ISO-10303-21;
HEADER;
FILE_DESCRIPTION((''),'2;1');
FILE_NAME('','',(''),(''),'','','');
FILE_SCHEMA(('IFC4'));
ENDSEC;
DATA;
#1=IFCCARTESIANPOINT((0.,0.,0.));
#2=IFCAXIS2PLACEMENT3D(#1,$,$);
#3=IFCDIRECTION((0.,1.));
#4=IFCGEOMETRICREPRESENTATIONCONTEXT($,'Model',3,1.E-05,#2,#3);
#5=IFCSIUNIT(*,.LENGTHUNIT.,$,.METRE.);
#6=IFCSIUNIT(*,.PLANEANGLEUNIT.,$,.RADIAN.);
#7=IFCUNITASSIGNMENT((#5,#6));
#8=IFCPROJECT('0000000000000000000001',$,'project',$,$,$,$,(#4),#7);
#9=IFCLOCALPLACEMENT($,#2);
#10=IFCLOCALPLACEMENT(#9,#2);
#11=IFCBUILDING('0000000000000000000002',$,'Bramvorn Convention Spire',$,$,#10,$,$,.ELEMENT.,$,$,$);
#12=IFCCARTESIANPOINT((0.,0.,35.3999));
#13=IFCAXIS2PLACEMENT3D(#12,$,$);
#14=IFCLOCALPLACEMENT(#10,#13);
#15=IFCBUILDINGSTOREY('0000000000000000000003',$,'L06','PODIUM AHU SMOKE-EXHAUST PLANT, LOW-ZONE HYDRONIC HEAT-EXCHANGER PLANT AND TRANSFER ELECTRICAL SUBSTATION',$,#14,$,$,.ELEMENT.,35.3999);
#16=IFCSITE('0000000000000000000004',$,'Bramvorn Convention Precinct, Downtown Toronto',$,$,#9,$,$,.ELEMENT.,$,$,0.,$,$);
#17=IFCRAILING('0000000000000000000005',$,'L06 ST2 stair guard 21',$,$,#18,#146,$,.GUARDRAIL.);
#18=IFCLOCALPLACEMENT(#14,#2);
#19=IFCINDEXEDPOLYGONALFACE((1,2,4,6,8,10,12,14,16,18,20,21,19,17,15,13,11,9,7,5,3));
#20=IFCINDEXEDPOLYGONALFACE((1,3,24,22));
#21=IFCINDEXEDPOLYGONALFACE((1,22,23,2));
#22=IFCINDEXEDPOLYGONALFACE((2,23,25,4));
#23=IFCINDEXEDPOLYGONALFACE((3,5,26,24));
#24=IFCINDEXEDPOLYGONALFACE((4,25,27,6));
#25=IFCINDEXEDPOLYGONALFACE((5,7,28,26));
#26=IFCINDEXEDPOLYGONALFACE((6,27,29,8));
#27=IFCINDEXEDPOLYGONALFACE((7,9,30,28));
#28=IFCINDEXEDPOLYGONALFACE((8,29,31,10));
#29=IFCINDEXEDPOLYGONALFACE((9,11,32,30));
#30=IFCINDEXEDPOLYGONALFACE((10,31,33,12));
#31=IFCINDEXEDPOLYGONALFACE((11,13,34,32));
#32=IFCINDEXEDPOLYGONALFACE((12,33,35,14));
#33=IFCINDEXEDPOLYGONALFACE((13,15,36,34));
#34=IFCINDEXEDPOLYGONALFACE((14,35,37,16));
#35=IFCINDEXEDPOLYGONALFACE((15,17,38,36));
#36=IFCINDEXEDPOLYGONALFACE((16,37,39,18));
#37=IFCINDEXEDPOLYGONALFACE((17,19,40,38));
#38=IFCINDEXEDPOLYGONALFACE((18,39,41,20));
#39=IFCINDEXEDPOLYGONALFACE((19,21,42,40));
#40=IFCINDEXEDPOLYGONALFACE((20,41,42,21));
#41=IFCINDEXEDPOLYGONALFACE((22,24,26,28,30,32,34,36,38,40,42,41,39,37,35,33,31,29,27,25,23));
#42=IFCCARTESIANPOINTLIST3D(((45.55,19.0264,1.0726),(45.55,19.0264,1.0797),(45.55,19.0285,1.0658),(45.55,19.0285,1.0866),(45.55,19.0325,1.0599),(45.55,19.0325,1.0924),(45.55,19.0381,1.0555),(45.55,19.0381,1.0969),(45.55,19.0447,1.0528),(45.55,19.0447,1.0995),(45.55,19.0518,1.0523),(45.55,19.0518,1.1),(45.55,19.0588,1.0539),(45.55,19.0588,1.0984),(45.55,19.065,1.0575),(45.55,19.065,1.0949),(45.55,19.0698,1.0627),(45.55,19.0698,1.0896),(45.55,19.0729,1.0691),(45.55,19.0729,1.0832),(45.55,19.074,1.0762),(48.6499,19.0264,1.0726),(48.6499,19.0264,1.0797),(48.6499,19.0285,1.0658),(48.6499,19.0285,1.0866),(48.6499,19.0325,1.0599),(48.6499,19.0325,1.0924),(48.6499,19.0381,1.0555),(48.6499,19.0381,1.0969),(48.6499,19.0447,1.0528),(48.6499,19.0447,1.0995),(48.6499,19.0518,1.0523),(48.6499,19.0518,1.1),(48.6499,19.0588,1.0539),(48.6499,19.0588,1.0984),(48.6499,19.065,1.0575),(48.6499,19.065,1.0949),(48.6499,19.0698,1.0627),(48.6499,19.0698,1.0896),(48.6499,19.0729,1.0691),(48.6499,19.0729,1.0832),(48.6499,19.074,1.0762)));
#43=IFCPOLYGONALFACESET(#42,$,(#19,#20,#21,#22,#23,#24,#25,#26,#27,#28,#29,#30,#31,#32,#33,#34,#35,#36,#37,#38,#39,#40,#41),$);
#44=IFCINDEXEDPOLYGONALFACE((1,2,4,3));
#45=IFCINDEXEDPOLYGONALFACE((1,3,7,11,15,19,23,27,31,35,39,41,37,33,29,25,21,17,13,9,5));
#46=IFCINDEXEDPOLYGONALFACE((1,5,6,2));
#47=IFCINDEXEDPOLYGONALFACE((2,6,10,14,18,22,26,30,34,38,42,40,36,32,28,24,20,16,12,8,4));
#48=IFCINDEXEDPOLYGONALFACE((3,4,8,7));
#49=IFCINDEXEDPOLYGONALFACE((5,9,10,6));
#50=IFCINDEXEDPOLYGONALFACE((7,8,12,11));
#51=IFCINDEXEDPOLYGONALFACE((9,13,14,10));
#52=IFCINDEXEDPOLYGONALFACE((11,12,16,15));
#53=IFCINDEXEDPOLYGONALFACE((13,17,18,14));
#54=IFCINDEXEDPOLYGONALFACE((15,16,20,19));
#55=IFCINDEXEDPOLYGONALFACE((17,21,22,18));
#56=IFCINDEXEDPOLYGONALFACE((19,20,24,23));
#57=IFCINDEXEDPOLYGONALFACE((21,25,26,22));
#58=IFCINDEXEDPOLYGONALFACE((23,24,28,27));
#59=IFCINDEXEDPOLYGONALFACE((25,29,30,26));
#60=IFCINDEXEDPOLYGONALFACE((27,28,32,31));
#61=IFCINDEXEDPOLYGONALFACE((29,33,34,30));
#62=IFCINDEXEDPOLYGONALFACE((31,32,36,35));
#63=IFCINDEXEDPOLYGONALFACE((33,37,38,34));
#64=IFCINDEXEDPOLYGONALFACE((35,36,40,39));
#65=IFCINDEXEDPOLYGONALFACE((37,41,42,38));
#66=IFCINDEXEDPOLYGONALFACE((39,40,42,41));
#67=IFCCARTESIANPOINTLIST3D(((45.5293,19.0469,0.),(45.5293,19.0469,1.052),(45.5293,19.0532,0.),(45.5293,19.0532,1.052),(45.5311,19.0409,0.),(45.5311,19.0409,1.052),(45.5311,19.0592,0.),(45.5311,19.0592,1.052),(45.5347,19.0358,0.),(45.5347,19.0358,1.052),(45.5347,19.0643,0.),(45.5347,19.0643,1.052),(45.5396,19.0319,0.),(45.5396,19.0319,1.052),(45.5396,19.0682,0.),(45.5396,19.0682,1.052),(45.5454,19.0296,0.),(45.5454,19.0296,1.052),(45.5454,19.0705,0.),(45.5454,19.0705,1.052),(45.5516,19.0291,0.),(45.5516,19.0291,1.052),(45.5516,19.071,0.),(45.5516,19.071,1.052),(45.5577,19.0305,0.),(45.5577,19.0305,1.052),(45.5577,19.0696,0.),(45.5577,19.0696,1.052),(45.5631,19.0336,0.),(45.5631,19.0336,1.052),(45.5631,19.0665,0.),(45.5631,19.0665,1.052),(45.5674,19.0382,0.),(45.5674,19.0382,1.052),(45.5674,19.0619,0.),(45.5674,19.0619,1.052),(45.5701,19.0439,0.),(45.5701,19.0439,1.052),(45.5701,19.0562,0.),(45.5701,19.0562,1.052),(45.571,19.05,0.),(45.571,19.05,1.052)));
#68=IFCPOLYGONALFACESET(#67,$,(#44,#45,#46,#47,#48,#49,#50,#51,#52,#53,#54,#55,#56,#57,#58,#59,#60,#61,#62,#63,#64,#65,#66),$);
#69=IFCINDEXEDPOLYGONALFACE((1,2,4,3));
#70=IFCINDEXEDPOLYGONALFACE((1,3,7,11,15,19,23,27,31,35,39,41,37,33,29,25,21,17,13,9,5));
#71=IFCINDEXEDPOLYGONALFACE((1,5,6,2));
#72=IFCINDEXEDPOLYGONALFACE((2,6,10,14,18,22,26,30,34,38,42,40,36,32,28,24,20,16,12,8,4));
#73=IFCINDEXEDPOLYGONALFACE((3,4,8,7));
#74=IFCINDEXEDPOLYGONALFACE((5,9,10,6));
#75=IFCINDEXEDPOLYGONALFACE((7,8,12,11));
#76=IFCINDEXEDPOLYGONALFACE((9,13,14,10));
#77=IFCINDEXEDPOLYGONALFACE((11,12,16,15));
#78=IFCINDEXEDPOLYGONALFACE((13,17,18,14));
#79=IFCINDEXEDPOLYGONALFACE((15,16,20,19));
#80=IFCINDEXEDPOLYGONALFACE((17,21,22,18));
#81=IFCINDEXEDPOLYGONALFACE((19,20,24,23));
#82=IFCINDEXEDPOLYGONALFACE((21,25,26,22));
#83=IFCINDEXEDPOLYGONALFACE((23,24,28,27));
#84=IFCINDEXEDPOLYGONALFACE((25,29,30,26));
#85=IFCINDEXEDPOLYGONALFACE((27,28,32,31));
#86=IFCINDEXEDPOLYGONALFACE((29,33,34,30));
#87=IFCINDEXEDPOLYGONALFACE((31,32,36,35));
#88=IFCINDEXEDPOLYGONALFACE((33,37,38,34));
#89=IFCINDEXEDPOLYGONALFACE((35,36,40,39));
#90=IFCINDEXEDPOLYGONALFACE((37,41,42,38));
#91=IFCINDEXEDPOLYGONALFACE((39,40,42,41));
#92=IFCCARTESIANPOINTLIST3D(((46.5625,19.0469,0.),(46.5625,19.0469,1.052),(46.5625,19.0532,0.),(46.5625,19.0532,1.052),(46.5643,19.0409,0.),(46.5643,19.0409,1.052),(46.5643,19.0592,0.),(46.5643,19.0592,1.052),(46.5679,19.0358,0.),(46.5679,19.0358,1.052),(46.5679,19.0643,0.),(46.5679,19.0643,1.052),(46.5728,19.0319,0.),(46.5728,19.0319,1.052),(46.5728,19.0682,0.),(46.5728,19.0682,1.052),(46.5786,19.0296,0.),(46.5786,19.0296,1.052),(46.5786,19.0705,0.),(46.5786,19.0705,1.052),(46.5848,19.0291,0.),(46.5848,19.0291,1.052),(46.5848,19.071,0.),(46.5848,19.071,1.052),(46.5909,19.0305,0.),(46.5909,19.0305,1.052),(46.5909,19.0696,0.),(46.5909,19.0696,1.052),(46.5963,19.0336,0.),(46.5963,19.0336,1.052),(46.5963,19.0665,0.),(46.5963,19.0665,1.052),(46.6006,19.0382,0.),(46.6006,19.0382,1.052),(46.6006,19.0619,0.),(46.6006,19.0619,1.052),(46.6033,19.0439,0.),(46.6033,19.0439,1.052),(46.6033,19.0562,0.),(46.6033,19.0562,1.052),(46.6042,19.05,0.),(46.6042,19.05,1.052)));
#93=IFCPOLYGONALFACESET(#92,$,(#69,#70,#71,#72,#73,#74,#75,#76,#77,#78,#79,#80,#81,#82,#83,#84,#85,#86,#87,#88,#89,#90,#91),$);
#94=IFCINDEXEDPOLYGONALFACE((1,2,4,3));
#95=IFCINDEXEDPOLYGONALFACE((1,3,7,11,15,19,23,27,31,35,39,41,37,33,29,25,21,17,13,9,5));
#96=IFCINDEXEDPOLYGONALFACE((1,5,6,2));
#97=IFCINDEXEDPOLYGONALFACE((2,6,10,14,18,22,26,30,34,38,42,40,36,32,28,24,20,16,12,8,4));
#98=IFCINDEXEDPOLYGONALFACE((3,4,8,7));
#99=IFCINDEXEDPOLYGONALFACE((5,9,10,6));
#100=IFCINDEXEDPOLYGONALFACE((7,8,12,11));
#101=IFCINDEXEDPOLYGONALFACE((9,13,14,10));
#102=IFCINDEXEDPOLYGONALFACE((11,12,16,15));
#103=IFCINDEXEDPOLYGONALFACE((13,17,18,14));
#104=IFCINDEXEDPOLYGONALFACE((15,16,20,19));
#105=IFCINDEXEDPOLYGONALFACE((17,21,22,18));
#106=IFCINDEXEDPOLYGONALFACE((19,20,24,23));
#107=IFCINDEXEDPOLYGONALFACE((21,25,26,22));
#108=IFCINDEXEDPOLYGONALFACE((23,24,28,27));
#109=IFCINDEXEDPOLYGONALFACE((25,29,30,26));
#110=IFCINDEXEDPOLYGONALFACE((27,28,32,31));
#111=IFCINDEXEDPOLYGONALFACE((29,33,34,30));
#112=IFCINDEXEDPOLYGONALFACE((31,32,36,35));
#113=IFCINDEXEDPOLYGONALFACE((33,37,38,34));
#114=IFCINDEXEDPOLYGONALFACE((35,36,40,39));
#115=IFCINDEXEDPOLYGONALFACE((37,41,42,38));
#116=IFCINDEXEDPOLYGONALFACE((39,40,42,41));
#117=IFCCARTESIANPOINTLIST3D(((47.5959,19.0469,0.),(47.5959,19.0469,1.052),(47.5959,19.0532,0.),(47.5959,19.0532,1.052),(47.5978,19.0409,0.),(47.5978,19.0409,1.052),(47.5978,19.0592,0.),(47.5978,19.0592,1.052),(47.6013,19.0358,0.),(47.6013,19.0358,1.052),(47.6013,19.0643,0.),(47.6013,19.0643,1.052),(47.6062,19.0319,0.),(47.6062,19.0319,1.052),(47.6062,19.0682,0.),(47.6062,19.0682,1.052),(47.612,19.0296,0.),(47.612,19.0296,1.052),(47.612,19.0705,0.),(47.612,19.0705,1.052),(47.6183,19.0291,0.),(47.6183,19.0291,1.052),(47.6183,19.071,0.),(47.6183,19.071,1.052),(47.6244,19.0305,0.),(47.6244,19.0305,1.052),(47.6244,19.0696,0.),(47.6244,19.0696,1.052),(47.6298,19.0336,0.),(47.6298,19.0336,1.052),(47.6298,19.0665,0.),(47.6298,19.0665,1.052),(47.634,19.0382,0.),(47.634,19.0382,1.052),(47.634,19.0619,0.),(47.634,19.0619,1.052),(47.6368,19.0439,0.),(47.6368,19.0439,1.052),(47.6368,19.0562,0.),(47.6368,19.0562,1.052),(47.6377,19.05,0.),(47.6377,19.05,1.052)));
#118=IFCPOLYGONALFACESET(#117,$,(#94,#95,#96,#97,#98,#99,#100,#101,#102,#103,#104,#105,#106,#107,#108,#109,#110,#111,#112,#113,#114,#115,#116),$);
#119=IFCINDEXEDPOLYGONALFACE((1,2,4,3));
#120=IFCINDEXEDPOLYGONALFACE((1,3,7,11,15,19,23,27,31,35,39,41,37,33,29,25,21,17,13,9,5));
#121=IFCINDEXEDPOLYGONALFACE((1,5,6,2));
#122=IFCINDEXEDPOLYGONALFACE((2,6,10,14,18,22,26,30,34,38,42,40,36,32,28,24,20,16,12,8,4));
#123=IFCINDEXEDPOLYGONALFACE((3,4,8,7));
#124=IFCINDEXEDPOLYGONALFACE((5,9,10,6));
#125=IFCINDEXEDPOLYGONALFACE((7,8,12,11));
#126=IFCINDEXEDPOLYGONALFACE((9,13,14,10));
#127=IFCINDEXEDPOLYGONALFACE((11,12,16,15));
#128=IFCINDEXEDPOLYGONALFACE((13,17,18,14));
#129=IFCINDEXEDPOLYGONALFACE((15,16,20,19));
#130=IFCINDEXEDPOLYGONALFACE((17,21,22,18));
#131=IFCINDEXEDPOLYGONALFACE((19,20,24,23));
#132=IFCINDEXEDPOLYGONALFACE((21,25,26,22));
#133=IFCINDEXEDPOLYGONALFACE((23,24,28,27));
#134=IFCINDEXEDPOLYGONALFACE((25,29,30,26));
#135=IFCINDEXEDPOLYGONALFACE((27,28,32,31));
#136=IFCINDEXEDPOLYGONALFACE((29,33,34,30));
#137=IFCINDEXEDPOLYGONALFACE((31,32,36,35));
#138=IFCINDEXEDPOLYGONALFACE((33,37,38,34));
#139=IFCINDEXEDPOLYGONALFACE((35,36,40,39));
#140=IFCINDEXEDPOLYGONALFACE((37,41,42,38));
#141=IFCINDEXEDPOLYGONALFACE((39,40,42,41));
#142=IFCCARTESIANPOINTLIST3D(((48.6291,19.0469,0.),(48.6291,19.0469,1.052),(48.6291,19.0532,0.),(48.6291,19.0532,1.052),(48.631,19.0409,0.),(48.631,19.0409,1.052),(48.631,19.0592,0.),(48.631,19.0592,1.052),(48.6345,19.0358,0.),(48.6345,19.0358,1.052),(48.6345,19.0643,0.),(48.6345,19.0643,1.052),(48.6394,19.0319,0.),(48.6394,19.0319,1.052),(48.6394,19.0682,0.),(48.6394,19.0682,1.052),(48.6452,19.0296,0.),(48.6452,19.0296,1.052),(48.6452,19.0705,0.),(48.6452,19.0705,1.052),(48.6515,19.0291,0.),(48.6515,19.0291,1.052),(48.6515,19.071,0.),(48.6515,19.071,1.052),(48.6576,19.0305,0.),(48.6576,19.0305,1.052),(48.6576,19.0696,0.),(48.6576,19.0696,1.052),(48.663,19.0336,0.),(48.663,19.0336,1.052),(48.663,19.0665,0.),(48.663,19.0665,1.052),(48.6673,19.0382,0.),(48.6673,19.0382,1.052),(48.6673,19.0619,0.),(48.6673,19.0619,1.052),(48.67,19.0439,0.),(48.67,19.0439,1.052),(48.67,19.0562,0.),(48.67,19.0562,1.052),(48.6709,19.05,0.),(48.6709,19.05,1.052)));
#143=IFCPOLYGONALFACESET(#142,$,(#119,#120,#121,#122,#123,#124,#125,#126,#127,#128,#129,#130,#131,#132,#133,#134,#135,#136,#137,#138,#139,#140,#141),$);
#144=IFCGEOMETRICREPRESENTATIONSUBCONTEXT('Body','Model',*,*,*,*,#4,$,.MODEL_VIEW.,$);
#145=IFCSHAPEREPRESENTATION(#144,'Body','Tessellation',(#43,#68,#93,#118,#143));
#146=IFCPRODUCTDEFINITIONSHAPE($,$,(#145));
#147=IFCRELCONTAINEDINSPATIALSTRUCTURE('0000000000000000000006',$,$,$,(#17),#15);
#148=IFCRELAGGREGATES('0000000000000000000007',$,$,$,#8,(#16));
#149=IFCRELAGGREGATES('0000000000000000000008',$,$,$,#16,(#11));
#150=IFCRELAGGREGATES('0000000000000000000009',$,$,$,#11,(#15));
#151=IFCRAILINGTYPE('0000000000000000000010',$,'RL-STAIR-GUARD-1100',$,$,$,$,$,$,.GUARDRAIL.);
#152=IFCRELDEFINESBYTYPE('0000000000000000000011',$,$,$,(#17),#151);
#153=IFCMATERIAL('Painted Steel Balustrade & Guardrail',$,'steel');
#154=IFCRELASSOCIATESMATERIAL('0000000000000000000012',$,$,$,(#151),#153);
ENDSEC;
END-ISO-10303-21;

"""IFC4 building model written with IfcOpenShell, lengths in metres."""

from ifc_helpers import new_model, si_unit, direction, frame, origin, origin_2d, place, context, subcontext, project, spatial, circle, extrude, material, type_object, element, save


model = new_model("IFC4")

# Units and contexts
model_context = context("Model", 3, precision=1e-05, world=origin(), true_north=direction((0.0, 1.0)))
body_context = subcontext(model_context, "Body", "Model", "MODEL_VIEW")
ifc_project = project(units=[si_unit("LENGTHUNIT", "METRE"), si_unit("PLANEANGLEUNIT", "RADIAN")], contexts=[model_context])

# Site, building, storey
site_placement = place(None, origin())
site = spatial("IfcSite", under=ifc_project, at=site_placement, Name="Bramvorn Convention Precinct, Downtown Toronto", CompositionType="ELEMENT", RefElevation=0.0)
building_placement = place(site_placement, origin())
building = spatial("IfcBuilding", under=site, at=building_placement, Name="Bramvorn Convention Spire", CompositionType="ELEMENT")
storey_placement = place(building_placement, frame((0.0, 0.0, 35.3999)))
storey = spatial("IfcBuildingStorey", under=building, at=storey_placement, Name="L06", Description="PODIUM AHU SMOKE-EXHAUST PLANT, LOW-ZONE HYDRONIC HEAT-EXCHANGER PLANT AND TRANSFER ELECTRICAL SUBSTATION", CompositionType="ELEMENT", Elevation=35.3999)

# Railing
ifc_material_1 = material(Name="Painted Steel Balustrade & Guardrail", Category="steel")
railing_type_1 = type_object("IfcRailingType", Name="RL-STAIR-GUARD-1100", PredefinedType="GUARDRAIL", material=ifc_material_1)
railing_1_placement = place(storey_placement, frame((45.55, 19.05, 0.0)))
element("IfcRailing", 1, at=railing_1_placement, inside=storey, type_object=railing_type_1, Name="L06 ST2 stair guard 21", PredefinedType="GUARDRAIL", context=body_context, shape_type="SweptSolid", body=[
    extrude(circle(Radius=0.0239, at=origin_2d()), frame((0.0, 0.0, 1.0762), z_axis=(1.0, 0.0, 0.0), x_axis=(0.0, 1.0, 0.0)), (0.0, 0.0, 1.0), 3.0999),
    extrude(circle(Radius=0.021, at=origin_2d()), origin(), (0.0, 0.0, 1.0), 1.052),
    extrude(circle(Radius=0.021, at=origin_2d()), frame((1.0332, 0.0, 0.0)), (0.0, 0.0, 1.0), 1.052),
    extrude(circle(Radius=0.021, at=origin_2d()), frame((2.0667, 0.0, 0.0)), (0.0, 0.0, 1.0), 1.052),
    extrude(circle(Radius=0.021, at=origin_2d()), frame((3.0999, 0.0, 0.0)), (0.0, 0.0, 1.0), 1.052),
])

save(model, "model.ifc")
